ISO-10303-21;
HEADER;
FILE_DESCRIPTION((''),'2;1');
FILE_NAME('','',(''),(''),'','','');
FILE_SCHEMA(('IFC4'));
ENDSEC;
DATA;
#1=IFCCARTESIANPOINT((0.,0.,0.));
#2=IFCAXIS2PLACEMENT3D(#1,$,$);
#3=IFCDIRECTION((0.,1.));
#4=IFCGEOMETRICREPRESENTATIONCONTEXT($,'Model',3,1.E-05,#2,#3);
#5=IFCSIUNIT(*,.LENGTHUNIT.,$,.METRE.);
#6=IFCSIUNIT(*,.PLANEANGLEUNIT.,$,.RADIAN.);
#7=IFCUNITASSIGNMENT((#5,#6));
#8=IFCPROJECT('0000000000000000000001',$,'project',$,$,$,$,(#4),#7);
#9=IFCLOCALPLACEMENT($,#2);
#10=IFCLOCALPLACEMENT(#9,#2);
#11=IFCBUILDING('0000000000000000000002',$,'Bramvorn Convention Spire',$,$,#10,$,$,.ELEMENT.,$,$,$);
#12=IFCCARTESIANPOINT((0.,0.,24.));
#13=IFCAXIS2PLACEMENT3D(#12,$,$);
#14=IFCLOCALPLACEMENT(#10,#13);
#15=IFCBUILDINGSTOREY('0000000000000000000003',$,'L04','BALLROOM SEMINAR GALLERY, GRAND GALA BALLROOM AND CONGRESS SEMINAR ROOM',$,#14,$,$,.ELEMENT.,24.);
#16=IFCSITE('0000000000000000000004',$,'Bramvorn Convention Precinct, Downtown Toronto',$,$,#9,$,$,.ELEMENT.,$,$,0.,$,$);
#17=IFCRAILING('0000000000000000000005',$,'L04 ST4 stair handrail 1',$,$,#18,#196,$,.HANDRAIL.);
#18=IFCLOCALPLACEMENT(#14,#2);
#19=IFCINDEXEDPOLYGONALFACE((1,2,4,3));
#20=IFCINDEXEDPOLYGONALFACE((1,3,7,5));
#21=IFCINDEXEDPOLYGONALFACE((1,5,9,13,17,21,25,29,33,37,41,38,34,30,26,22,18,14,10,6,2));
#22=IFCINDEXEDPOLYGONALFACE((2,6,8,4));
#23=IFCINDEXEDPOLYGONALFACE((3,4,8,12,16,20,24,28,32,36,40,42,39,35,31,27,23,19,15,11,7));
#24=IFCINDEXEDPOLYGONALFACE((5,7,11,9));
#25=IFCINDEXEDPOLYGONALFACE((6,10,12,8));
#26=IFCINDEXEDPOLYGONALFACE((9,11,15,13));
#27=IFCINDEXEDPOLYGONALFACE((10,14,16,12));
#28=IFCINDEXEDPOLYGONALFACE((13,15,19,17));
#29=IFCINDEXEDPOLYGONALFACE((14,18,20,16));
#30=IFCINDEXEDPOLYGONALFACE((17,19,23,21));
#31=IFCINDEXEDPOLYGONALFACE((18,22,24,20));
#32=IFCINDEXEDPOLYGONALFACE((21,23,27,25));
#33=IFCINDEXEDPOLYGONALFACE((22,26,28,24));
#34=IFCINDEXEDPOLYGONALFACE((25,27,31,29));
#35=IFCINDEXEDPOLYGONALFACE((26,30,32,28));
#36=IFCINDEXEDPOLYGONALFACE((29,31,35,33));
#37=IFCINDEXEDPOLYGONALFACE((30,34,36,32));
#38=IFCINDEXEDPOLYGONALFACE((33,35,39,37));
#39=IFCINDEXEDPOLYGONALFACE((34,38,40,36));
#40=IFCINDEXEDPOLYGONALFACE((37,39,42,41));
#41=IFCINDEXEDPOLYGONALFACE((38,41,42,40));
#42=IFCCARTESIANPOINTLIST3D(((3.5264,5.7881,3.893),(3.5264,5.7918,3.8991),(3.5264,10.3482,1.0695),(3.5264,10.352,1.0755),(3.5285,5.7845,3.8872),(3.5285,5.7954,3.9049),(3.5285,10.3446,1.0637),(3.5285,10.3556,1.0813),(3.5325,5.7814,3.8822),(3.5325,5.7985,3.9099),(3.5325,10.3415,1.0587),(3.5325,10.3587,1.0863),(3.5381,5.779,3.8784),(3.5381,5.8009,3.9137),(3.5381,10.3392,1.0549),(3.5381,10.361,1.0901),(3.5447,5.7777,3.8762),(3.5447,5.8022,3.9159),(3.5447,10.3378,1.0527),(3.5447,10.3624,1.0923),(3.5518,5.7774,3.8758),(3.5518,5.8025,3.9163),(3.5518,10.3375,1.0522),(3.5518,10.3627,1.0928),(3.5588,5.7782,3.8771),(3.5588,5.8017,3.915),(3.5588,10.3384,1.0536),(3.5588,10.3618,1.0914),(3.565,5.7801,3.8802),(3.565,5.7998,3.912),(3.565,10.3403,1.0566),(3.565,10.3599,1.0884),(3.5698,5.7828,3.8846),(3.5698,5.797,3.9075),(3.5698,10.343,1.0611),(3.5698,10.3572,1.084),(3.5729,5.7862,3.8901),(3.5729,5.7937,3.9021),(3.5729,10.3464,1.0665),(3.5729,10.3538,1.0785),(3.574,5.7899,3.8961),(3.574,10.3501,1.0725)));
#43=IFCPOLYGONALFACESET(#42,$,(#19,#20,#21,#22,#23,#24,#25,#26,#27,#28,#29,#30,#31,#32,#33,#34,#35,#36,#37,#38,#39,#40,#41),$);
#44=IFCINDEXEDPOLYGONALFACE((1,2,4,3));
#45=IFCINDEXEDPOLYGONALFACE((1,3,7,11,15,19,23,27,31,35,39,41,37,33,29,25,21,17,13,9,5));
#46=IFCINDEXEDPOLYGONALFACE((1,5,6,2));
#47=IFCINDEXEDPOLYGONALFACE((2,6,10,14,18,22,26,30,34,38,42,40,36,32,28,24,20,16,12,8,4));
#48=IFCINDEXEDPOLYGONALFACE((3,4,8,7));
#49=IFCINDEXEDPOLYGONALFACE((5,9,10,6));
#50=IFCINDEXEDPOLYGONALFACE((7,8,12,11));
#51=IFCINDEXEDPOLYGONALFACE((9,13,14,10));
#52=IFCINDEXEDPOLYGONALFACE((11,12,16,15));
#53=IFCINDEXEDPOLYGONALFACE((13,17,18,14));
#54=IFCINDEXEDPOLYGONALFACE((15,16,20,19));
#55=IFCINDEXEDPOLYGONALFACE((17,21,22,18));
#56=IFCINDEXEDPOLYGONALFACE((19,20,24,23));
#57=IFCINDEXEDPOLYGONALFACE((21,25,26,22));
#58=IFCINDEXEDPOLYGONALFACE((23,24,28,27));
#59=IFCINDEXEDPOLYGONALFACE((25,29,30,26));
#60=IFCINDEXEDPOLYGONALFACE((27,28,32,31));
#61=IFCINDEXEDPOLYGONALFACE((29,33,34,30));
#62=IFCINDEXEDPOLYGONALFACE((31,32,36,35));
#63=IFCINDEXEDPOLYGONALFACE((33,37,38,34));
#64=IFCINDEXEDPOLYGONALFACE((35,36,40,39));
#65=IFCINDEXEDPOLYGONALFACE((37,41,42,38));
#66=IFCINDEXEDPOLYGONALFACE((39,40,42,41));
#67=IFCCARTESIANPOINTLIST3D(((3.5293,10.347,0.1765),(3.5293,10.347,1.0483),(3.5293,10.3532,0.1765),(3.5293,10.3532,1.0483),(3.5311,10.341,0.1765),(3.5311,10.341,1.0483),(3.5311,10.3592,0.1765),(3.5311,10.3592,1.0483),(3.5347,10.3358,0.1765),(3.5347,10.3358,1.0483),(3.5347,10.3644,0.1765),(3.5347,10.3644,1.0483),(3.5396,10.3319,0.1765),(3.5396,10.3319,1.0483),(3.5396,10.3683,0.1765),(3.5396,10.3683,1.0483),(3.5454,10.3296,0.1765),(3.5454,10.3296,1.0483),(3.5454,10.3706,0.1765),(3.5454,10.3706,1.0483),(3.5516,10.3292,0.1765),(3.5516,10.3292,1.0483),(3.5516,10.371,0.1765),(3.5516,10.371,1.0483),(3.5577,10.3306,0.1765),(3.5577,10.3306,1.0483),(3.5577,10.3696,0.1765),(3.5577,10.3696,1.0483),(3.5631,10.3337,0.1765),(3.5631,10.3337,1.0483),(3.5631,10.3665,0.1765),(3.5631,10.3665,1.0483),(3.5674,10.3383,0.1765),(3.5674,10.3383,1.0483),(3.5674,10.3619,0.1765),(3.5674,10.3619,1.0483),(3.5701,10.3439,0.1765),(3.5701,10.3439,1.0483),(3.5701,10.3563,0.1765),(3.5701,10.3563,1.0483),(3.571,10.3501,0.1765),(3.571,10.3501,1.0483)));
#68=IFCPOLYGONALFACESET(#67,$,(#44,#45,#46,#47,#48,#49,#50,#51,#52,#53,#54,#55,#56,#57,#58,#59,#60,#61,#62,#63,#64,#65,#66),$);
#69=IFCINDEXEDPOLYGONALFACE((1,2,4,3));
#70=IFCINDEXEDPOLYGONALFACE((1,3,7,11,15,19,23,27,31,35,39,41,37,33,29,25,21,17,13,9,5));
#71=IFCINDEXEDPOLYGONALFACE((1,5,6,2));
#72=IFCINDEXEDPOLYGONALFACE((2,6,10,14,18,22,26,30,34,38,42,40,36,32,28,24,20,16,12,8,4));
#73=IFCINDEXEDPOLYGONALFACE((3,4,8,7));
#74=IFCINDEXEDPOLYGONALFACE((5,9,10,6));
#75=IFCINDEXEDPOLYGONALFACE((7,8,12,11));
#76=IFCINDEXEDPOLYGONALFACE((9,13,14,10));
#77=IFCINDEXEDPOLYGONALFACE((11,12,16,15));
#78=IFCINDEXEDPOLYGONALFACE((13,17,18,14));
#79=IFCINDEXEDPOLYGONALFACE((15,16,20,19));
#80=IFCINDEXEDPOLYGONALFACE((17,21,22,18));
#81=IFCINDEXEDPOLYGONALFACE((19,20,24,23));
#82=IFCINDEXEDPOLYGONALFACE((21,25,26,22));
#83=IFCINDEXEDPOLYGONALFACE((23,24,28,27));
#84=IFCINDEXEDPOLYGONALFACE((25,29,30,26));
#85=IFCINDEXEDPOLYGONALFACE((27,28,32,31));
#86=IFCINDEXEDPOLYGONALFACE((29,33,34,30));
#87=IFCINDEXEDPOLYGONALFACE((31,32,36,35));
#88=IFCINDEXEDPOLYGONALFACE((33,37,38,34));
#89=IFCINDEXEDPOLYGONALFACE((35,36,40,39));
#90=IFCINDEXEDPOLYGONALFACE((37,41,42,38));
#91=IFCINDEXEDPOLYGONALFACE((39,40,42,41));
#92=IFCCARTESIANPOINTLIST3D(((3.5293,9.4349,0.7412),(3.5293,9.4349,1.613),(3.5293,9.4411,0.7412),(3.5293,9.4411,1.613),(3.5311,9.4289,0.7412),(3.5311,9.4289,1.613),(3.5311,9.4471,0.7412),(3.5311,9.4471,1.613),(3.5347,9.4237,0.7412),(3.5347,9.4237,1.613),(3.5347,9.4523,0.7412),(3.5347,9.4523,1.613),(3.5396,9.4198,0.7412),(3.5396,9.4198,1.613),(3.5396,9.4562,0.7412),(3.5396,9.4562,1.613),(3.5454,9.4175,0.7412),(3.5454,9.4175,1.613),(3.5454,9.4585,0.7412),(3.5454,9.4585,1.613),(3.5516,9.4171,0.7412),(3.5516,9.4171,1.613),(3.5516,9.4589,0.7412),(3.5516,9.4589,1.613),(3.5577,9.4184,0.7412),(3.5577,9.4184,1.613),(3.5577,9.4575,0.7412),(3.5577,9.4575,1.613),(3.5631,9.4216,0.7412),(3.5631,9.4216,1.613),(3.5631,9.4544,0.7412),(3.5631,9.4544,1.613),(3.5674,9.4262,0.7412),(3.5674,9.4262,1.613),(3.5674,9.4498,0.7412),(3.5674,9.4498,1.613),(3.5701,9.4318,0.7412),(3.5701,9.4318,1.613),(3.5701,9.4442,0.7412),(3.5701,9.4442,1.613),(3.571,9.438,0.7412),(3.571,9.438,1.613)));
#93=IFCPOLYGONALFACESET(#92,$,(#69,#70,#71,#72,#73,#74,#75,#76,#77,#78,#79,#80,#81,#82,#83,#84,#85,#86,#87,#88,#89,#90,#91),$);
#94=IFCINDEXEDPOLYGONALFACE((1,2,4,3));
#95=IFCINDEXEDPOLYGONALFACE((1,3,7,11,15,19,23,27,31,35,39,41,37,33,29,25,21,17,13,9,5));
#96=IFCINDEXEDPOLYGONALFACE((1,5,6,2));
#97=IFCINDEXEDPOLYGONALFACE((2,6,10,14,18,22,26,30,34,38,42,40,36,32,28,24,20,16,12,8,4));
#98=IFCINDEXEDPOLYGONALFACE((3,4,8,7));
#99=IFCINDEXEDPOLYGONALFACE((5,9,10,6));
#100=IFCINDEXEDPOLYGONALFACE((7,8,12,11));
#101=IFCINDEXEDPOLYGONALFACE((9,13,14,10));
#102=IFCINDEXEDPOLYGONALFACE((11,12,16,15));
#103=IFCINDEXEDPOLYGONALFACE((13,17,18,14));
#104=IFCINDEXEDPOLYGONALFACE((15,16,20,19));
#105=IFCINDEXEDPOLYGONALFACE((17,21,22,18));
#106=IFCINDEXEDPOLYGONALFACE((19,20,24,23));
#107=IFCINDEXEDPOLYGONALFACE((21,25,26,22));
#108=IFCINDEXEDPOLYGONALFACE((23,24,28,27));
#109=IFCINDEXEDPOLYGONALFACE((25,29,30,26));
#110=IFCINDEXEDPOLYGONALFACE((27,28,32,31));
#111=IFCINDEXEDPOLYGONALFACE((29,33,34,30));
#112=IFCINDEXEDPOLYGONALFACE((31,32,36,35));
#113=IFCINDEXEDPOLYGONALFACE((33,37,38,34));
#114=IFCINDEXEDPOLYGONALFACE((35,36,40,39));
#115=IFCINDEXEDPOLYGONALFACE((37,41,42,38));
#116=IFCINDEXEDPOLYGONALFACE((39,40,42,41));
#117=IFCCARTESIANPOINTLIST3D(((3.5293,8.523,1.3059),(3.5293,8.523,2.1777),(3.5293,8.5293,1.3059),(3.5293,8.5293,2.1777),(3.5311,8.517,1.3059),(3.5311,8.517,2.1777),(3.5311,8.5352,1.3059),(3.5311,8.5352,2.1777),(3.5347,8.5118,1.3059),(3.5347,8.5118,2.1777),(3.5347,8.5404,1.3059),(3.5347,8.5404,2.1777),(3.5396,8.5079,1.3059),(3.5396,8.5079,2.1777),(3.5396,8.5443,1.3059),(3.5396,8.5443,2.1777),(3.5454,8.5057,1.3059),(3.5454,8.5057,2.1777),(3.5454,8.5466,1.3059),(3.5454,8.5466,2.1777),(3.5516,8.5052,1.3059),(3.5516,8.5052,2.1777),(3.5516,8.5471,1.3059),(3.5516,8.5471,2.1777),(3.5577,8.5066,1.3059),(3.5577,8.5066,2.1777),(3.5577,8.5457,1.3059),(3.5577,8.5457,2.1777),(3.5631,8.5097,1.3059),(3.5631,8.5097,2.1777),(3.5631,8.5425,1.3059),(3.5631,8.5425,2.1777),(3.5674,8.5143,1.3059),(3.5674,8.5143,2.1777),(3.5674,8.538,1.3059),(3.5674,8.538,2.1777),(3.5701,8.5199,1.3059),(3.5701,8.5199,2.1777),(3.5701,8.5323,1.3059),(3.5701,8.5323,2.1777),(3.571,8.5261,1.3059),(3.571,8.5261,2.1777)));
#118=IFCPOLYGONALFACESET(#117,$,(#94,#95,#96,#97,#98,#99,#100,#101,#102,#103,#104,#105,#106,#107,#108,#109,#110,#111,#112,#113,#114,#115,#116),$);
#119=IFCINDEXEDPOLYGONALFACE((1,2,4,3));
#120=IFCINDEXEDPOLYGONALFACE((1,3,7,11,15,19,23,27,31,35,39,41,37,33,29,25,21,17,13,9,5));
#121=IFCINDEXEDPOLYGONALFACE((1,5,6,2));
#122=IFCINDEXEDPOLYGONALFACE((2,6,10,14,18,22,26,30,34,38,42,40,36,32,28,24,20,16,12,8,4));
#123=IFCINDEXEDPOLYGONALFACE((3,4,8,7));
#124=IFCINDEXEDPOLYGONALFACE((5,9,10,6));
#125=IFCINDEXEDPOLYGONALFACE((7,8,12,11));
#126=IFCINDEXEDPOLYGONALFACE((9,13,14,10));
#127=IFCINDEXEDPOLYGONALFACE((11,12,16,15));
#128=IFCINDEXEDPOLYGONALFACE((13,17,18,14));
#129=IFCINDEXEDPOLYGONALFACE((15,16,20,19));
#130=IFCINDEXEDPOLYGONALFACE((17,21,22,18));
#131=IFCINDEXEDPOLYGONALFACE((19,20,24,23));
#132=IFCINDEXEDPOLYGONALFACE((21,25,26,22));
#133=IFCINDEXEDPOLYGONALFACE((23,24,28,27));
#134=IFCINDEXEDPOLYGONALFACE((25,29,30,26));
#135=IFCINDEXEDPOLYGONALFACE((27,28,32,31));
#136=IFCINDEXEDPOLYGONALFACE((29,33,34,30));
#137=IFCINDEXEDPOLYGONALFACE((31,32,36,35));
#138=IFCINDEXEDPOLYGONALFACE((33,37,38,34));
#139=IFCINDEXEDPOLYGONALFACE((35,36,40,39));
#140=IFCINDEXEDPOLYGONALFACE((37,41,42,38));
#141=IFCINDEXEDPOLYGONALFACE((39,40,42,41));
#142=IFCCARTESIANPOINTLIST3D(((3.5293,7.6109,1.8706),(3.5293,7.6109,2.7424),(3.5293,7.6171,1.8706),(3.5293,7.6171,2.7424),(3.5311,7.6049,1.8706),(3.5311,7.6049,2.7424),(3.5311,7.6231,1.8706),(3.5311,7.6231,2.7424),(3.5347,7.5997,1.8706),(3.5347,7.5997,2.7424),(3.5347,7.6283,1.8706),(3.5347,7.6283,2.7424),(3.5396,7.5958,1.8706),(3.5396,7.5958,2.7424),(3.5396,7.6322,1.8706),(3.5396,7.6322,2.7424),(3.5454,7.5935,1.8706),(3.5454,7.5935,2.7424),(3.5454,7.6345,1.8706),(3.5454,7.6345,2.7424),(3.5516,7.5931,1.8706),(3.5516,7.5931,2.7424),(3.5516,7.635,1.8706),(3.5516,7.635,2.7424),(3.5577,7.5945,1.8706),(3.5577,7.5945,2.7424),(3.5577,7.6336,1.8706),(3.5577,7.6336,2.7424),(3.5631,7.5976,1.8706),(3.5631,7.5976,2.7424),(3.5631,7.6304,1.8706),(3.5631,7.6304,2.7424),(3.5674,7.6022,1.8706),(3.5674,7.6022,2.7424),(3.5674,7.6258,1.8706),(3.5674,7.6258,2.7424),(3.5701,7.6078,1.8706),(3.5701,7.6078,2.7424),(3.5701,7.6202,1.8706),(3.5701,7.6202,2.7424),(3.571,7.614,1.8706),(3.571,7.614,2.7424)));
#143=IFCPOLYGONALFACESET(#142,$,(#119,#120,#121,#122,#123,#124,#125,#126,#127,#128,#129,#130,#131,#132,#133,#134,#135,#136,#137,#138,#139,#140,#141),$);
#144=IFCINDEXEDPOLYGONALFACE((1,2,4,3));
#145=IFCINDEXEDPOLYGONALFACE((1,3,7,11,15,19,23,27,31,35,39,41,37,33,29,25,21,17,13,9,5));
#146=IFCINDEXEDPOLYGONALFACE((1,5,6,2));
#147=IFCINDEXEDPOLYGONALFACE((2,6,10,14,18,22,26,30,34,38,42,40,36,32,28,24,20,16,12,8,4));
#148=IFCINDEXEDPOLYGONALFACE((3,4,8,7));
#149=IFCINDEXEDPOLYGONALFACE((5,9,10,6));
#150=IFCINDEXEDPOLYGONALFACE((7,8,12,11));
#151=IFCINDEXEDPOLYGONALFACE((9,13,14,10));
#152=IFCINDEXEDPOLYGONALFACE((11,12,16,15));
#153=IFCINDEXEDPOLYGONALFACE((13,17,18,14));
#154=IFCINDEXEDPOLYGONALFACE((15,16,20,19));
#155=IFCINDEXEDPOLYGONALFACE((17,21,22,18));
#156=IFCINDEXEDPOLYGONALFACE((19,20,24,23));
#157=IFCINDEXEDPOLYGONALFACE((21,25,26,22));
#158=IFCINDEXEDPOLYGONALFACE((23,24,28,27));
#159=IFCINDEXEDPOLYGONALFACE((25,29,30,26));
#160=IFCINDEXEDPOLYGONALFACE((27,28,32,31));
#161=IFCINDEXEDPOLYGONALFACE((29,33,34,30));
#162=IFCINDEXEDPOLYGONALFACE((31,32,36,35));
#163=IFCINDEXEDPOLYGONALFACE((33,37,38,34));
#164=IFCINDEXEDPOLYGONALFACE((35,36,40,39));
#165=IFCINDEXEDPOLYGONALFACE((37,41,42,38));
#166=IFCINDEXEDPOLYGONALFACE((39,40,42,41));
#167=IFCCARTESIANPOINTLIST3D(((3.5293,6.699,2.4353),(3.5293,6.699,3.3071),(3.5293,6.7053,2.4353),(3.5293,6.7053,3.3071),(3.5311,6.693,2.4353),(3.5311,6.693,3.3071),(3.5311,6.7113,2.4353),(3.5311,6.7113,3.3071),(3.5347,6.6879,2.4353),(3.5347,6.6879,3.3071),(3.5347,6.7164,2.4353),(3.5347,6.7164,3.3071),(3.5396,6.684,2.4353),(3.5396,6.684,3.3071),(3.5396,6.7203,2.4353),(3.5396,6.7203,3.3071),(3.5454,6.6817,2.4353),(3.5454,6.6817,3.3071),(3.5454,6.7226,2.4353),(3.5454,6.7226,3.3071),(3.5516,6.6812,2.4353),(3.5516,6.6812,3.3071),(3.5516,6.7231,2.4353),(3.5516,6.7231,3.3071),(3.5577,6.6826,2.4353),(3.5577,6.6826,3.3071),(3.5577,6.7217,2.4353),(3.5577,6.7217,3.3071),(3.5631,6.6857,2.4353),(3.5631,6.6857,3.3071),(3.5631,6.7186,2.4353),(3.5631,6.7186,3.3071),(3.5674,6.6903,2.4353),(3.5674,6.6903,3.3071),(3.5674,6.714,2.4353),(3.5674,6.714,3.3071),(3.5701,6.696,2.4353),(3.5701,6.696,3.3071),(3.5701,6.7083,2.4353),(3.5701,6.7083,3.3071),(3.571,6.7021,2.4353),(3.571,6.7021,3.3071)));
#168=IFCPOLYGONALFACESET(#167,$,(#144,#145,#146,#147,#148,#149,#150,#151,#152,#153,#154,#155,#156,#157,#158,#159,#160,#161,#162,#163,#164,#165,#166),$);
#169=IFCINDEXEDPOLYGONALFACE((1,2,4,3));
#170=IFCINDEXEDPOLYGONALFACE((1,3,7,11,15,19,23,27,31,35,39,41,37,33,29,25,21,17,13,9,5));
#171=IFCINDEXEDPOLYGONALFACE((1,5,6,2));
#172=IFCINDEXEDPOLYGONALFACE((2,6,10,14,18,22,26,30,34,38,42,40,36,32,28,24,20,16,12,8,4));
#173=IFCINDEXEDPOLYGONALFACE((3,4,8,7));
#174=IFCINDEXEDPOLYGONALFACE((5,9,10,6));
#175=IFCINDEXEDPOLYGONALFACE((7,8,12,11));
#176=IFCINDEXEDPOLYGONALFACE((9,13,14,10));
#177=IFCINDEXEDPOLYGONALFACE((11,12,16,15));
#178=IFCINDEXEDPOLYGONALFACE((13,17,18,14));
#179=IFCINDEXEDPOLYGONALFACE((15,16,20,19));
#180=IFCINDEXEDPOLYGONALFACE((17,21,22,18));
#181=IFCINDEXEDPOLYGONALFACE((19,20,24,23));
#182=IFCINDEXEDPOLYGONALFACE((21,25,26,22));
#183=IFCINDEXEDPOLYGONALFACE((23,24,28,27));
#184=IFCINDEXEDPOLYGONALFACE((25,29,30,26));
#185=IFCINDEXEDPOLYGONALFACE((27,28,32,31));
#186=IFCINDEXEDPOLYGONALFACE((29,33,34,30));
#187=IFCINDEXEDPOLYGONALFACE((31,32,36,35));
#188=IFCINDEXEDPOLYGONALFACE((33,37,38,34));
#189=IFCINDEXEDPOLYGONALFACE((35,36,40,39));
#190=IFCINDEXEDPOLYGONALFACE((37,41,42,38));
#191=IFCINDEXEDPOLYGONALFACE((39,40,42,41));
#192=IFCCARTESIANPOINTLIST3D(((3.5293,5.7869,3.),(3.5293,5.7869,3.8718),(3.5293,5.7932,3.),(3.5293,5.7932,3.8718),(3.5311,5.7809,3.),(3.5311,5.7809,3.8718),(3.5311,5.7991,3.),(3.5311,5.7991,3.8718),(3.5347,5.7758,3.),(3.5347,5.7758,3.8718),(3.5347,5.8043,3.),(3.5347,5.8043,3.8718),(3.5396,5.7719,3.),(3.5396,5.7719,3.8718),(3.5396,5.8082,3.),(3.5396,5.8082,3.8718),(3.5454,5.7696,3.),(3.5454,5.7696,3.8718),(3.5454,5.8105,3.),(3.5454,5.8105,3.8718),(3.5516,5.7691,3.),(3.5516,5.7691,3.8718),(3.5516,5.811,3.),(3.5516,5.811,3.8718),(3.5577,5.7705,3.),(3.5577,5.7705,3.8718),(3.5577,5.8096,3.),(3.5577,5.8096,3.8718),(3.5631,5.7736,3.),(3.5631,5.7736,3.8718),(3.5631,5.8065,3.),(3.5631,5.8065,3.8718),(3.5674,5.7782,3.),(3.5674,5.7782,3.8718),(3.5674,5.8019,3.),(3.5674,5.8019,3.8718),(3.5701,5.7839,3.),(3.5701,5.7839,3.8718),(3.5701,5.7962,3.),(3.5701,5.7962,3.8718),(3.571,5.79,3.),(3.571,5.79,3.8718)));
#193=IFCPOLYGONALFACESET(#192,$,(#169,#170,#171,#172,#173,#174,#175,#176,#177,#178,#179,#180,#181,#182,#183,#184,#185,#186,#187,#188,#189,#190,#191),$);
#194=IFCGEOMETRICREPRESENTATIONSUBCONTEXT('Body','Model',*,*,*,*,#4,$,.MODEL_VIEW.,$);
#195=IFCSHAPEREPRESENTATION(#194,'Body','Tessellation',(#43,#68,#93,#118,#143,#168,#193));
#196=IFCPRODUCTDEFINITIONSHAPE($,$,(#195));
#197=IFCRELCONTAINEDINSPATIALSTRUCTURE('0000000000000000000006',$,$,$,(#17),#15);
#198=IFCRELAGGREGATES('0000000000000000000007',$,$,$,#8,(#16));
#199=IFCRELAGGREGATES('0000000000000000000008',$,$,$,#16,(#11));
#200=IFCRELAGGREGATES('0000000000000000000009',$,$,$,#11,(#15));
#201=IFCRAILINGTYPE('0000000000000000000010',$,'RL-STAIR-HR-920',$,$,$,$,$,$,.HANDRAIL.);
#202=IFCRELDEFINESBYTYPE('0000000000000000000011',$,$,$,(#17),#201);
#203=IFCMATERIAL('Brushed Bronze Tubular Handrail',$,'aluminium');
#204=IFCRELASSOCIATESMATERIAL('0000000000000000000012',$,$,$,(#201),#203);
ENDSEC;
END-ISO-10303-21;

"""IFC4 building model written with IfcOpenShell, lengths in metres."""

from ifc_helpers import new_model, si_unit, direction, frame, origin, origin_2d, place, context, subcontext, project, spatial, circle, extrude, material, type_object, element, save


model = new_model("IFC4")

# Units and contexts
model_context = context("Model", 3, precision=1e-05, world=origin(), true_north=direction((0.0, 1.0)))
body_context = subcontext(model_context, "Body", "Model", "MODEL_VIEW")
ifc_project = project(units=[si_unit("LENGTHUNIT", "METRE"), si_unit("PLANEANGLEUNIT", "RADIAN")], contexts=[model_context])

# Site, building, storey
site_placement = place(None, origin())
site = spatial("IfcSite", under=ifc_project, at=site_placement, Name="Bramvorn Convention Precinct, Downtown Toronto", CompositionType="ELEMENT", RefElevation=0.0)
building_placement = place(site_placement, origin())
building = spatial("IfcBuilding", under=site, at=building_placement, Name="Bramvorn Convention Spire", CompositionType="ELEMENT")
storey_placement = place(building_placement, frame((0.0, 0.0, 24.0)))
storey = spatial("IfcBuildingStorey", under=building, at=storey_placement, Name="L04", Description="BALLROOM SEMINAR GALLERY, GRAND GALA BALLROOM AND CONGRESS SEMINAR ROOM", CompositionType="ELEMENT", Elevation=24.0)

# Railing
ifc_material_1 = material(Name="Brushed Bronze Tubular Handrail", Category="aluminium")
railing_type_1 = type_object("IfcRailingType", Name="RL-STAIR-HR-920", PredefinedType="HANDRAIL", material=ifc_material_1)
railing_1_placement = place(storey_placement, frame((3.55, 10.3501, 0.1765)))
element("IfcRailing", 1, at=railing_1_placement, inside=storey, type_object=railing_type_1, Name="L04 ST4 stair handrail 1", PredefinedType="HANDRAIL", context=body_context, shape_type="SweptSolid", body=[
    extrude(circle(Radius=0.0239, at=origin_2d()), frame((0.0, 0.0, 0.896), z_axis=(0.0, -0.850216, 0.526435), x_axis=(1.0, 0.0, 0.0)), (0.0, 0.0, 1.0), 5.3635),
    extrude(circle(Radius=0.021, at=origin_2d()), origin(), (0.0, 0.0, 1.0), 0.8718),
    extrude(circle(Radius=0.021, at=origin_2d()), frame((0.0, -0.9121, 0.5647)), (0.0, 0.0, 1.0), 0.8718),
    extrude(circle(Radius=0.021, at=origin_2d()), frame((0.0, -1.824, 1.1294)), (0.0, 0.0, 1.0), 0.8718),
    extrude(circle(Radius=0.021, at=origin_2d()), frame((0.0, -2.7361, 1.6941)), (0.0, 0.0, 1.0), 0.8718),
    extrude(circle(Radius=0.021, at=origin_2d()), frame((0.0, -3.6479, 2.2588)), (0.0, 0.0, 1.0), 0.8718),
    extrude(circle(Radius=0.021, at=origin_2d()), frame((0.0, -4.5601, 2.8235)), (0.0, 0.0, 1.0), 0.8718),
])

save(model, "model.ifc")
